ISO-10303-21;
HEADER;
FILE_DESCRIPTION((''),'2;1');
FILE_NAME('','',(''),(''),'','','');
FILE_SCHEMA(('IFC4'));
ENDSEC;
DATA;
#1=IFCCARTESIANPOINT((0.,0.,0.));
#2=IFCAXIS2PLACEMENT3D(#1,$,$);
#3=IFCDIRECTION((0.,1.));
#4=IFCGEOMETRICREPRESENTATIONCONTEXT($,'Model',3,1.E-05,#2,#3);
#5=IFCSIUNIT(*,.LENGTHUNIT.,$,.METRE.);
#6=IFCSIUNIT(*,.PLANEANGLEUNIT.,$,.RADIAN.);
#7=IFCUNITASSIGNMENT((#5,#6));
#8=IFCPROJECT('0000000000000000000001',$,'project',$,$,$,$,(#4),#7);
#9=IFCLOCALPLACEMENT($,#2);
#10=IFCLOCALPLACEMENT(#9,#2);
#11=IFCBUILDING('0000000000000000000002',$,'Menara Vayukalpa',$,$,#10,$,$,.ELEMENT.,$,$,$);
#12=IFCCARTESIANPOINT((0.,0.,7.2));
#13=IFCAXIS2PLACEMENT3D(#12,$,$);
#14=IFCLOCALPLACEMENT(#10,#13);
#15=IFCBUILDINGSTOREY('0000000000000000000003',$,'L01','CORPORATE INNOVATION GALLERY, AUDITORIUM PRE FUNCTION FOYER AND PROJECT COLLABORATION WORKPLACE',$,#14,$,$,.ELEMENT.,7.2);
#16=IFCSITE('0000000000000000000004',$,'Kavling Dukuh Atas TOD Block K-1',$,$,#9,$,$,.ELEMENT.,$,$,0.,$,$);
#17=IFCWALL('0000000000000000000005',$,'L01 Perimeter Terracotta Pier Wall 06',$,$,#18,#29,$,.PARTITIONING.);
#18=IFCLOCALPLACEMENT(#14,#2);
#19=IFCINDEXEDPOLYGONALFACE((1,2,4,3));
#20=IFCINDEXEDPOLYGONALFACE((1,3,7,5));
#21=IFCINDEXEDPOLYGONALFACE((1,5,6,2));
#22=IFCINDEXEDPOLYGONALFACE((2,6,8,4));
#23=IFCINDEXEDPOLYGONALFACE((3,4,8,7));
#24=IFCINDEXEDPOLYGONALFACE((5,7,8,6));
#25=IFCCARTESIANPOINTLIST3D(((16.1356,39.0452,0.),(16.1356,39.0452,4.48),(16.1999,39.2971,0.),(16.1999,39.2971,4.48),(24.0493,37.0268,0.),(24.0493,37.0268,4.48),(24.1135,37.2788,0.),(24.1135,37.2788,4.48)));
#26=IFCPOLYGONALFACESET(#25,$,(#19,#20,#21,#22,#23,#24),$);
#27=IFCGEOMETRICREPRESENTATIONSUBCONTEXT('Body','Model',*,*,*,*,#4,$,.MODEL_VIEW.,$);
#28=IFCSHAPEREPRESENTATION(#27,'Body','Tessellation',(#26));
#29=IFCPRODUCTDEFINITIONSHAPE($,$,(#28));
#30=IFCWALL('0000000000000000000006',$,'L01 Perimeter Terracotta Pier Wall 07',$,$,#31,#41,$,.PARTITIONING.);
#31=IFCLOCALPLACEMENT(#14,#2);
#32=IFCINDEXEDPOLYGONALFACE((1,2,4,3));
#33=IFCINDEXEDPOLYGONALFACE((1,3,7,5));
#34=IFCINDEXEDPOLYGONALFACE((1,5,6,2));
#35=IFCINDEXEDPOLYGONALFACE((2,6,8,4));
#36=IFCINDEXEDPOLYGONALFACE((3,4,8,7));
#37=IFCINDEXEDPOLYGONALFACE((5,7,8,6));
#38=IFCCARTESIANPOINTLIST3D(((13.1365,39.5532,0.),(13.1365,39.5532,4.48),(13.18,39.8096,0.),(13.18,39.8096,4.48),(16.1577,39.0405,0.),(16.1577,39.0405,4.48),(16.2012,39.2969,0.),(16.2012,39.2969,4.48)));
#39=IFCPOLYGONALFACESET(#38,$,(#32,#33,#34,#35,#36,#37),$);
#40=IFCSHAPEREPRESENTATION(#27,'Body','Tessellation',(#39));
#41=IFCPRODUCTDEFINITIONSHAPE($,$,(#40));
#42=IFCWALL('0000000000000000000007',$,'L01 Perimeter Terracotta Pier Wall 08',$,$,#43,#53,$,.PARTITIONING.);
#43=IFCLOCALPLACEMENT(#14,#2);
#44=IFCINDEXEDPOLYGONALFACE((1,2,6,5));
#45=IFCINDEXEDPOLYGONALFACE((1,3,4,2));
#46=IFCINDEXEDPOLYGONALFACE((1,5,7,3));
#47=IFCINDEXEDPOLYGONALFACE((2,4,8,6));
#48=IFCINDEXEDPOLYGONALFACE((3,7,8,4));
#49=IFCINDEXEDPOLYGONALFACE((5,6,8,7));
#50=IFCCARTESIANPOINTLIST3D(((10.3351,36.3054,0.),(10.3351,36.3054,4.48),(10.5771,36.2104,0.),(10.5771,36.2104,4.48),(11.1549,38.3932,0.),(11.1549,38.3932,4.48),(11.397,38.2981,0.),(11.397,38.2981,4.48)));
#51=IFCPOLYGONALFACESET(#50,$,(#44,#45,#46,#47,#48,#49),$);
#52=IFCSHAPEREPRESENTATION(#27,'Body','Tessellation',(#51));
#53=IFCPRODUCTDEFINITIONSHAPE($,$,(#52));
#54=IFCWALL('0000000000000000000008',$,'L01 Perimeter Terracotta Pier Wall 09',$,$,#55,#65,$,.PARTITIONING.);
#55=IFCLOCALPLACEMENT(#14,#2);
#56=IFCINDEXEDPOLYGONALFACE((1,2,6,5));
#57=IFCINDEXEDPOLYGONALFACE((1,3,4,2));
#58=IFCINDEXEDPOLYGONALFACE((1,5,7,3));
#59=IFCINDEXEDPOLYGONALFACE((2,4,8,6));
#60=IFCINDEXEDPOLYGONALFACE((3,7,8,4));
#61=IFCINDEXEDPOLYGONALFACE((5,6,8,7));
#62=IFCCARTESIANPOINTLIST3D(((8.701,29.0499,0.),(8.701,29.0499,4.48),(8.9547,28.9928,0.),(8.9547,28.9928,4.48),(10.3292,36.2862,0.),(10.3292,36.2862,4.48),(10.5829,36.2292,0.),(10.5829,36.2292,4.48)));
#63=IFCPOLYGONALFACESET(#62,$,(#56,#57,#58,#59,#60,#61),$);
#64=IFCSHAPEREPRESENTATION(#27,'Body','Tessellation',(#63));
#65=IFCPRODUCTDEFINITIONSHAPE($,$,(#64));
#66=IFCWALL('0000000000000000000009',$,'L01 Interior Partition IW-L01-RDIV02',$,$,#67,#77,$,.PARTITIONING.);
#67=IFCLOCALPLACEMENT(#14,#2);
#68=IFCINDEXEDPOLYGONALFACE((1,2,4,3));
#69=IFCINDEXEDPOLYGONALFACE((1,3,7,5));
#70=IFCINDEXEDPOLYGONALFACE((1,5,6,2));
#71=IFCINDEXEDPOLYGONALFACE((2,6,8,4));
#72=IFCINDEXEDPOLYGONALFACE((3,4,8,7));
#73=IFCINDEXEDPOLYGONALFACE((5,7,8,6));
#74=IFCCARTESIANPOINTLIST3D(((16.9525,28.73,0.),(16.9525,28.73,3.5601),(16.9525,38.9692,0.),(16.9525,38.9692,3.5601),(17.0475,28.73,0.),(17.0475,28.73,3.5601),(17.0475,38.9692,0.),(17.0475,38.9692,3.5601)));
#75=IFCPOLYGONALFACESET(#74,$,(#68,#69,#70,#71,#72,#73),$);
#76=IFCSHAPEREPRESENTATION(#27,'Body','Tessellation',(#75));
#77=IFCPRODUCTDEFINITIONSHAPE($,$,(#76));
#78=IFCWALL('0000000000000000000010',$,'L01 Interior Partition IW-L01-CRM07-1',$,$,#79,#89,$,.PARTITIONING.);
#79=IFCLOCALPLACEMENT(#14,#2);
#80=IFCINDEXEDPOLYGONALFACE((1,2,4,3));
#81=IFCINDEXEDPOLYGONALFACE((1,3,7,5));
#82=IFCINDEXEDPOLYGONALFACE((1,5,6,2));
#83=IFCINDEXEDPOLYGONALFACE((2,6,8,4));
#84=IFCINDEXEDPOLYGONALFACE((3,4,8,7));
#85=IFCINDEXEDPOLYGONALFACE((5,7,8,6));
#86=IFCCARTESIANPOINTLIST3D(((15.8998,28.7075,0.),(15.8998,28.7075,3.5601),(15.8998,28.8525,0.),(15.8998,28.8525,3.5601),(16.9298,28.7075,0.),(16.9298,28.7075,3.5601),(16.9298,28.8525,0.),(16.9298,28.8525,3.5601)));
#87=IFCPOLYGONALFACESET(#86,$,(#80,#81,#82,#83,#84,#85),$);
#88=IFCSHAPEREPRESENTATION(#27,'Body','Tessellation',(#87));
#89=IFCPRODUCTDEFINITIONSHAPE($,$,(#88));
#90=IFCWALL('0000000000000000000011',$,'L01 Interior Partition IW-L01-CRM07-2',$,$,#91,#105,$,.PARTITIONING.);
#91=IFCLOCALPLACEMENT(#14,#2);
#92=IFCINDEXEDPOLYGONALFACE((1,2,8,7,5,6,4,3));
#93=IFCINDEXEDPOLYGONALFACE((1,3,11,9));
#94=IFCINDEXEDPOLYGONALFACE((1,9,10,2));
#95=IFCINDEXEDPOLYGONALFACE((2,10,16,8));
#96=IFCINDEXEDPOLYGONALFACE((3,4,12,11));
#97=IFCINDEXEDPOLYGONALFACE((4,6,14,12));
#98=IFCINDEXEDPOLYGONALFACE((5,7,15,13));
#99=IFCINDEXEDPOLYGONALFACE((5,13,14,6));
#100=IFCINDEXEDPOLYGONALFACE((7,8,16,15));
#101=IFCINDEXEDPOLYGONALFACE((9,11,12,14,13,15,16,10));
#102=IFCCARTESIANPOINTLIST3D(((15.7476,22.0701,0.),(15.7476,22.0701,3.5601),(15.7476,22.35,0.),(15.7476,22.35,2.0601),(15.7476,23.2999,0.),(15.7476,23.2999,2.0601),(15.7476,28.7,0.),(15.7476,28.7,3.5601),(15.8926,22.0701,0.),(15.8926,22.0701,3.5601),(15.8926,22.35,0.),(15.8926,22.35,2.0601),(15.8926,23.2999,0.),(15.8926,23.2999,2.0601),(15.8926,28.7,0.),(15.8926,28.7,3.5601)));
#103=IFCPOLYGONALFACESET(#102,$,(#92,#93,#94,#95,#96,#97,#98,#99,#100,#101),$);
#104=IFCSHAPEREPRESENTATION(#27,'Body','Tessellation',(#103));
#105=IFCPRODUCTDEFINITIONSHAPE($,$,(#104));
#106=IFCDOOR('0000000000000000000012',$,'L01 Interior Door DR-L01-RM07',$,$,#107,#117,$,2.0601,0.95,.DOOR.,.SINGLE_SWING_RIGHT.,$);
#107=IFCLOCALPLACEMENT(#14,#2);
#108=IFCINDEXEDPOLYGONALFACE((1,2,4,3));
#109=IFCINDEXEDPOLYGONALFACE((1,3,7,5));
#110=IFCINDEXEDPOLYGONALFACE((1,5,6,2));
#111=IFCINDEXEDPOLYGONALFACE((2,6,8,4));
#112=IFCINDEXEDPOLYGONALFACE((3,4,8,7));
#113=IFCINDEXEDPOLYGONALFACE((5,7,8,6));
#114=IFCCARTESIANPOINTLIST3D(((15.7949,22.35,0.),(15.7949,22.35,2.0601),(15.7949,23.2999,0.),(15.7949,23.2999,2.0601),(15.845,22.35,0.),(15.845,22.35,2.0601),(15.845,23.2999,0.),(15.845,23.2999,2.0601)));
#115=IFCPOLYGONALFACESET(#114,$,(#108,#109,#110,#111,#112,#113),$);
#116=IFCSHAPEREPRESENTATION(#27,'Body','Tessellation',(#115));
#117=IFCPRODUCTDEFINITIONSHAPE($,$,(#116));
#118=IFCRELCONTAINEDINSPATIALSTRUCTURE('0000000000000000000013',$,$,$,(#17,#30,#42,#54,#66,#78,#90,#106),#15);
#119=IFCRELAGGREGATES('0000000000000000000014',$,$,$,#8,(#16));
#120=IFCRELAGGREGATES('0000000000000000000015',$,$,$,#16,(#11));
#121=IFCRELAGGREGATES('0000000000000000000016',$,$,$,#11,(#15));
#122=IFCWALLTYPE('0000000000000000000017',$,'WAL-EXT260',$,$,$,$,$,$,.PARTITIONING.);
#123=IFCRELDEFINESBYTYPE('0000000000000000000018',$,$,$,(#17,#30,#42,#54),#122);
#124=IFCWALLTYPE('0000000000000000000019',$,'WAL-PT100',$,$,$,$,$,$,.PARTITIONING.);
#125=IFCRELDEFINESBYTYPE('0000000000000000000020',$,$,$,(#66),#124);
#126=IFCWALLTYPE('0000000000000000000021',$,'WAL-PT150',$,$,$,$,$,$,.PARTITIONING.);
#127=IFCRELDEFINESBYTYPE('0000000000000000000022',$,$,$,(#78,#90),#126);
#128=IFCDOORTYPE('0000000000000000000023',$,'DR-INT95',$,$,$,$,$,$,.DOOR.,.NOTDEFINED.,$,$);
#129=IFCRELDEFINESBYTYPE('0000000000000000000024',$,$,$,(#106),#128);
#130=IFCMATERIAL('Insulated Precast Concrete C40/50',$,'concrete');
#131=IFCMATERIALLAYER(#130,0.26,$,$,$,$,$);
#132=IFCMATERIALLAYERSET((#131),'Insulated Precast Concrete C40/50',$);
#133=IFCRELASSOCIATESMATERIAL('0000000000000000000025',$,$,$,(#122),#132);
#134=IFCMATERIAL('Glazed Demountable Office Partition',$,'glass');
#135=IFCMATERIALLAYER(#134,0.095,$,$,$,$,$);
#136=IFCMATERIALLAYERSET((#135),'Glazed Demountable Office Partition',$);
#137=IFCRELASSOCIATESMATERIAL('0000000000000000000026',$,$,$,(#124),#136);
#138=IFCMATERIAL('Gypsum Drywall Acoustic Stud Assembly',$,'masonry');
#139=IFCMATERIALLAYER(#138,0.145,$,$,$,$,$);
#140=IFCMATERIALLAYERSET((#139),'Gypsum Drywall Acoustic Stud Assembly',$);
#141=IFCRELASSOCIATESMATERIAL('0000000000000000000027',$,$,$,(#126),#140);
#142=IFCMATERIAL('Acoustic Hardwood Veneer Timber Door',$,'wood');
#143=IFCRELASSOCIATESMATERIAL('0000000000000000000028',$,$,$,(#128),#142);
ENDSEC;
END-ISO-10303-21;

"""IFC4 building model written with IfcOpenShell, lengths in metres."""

from ifc_helpers import new_model, si_unit, direction, frame, frame_2d, origin, place, context, subcontext, project, spatial, rectangle, extrude, material, layer, layer_set, type_object, element, fill, save


model = new_model("IFC4")

# Units and contexts
model_context = context("Model", 3, precision=1e-05, world=origin(), true_north=direction((0.0, 1.0)))
body_context = subcontext(model_context, "Body", "Model", "MODEL_VIEW")
ifc_project = project(units=[si_unit("LENGTHUNIT", "METRE"), si_unit("PLANEANGLEUNIT", "RADIAN")], contexts=[model_context])

# Site, building, storey
site_placement = place(None, origin())
site = spatial("IfcSite", under=ifc_project, at=site_placement, Name="Kavling Dukuh Atas TOD Block K-1", CompositionType="ELEMENT", RefElevation=0.0)
building_placement = place(site_placement, origin())
building = spatial("IfcBuilding", under=site, at=building_placement, Name="Menara Vayukalpa", CompositionType="ELEMENT")
storey_placement = place(building_placement, frame((0.0, 0.0, 7.2)))
storey = spatial("IfcBuildingStorey", under=building, at=storey_placement, Name="L01", Description="CORPORATE INNOVATION GALLERY, AUDITORIUM PRE FUNCTION FOYER AND PROJECT COLLABORATION WORKPLACE", CompositionType="ELEMENT", Elevation=7.2)

# Walls
ifc_material_1 = material(Name="Insulated Precast Concrete C40/50", Category="concrete")
ifc_layer_1 = layer(ifc_material_1, 0.26)
ifc_layer_set_1 = layer_set([ifc_layer_1], Name="Insulated Precast Concrete C40/50")
wall_type_1 = type_object("IfcWallType", Name="WAL-EXT260", PredefinedType="PARTITIONING", material=ifc_layer_set_1)
wall_1_placement = place(storey_placement, frame((16.1677, 39.1711, 0.0), z_axis=(0.0, 0.0, 1.0), x_axis=(0.968982, -0.247133, 0.0)))
element("IfcWall", 1, at=wall_1_placement, inside=storey, type_object=wall_type_1, Name="L01 Perimeter Terracotta Pier Wall 06", PredefinedType="PARTITIONING", context=body_context, shape_type="SweptSolid", body=[
    extrude(rectangle(XDim=8.167, YDim=0.26, at=frame_2d((4.0835, 0.0))), origin(), (0.0, 0.0, 1.0), 4.48),
])
wall_2_placement = place(storey_placement, frame((13.1582, 39.6814, 0.0), z_axis=(0.0, 0.0, 1.0), x_axis=(0.985905, -0.167305, 0.0)))
element("IfcWall", 2, at=wall_2_placement, inside=storey, type_object=wall_type_1, Name="L01 Perimeter Terracotta Pier Wall 07", PredefinedType="PARTITIONING", context=body_context, shape_type="SweptSolid", body=[
    extrude(rectangle(XDim=3.0645, YDim=0.26, at=frame_2d((1.5322, 0.0))), origin(), (0.0, 0.0, 1.0), 4.48),
])
wall_3_placement = place(storey_placement, frame((10.4561, 36.2578, 0.0), z_axis=(0.0, 0.0, 1.0), x_axis=(0.365528, 0.9308, 0.0)))
element("IfcWall", 3, at=wall_3_placement, inside=storey, type_object=wall_type_1, Name="L01 Perimeter Terracotta Pier Wall 08", PredefinedType="PARTITIONING", context=body_context, shape_type="SweptSolid", body=[
    extrude(rectangle(XDim=2.2429, YDim=0.26, at=frame_2d((1.1216, 0.0))), origin(), (0.0, 0.0, 1.0), 4.48),
])
wall_4_placement = place(storey_placement, frame((8.8279, 29.0215, 0.0), z_axis=(0.0, 0.0, 1.0), x_axis=(0.219512, 0.97561, 0.0)))
element("IfcWall", 4, at=wall_4_placement, inside=storey, type_object=wall_type_1, Name="L01 Perimeter Terracotta Pier Wall 09", PredefinedType="PARTITIONING", context=body_context, shape_type="SweptSolid", body=[
    extrude(rectangle(XDim=7.4172, YDim=0.26, at=frame_2d((3.7085, 0.0))), origin(), (0.0, 0.0, 1.0), 4.48),
])
ifc_material_2 = material(Name="Glazed Demountable Office Partition", Category="glass")
ifc_layer_2 = layer(ifc_material_2, 0.095)
ifc_layer_set_2 = layer_set([ifc_layer_2], Name="Glazed Demountable Office Partition")
wall_type_2 = type_object("IfcWallType", Name="WAL-PT100", PredefinedType="PARTITIONING", material=ifc_layer_set_2)
wall_5_placement = place(storey_placement, frame((17.0, 28.73, 0.0), z_axis=(0.0, 0.0, 1.0), x_axis=(0.0, 1.0, 0.0)))
element("IfcWall", 5, at=wall_5_placement, inside=storey, type_object=wall_type_2, Name="L01 Interior Partition IW-L01-RDIV02", PredefinedType="PARTITIONING", context=body_context, shape_type="SweptSolid", body=[
    extrude(rectangle(XDim=10.2393, YDim=0.095, at=frame_2d((5.1196, 0.0))), origin(), (0.0, 0.0, 1.0), 3.5601),
])
ifc_material_3 = material(Name="Gypsum Drywall Acoustic Stud Assembly", Category="masonry")
ifc_layer_3 = layer(ifc_material_3, 0.145)
ifc_layer_set_3 = layer_set([ifc_layer_3], Name="Gypsum Drywall Acoustic Stud Assembly")
wall_type_3 = type_object("IfcWallType", Name="WAL-PT150", PredefinedType="PARTITIONING", material=ifc_layer_set_3)
wall_6_placement = place(storey_placement, frame((16.9299, 28.78, 0.0), z_axis=(0.0, 0.0, 1.0), x_axis=(-1.0, 0.0, 0.0)))
element("IfcWall", 6, at=wall_6_placement, inside=storey, type_object=wall_type_3, Name="L01 Interior Partition IW-L01-CRM07-1", PredefinedType="PARTITIONING", context=body_context, shape_type="SweptSolid", body=[
    extrude(rectangle(XDim=1.03, YDim=0.145, at=frame_2d((0.5151, 0.0))), origin(), (0.0, 0.0, 1.0), 3.5601),
])

# Wall, opening, door
wall_7_placement = place(storey_placement, frame((15.8201, 28.7, 0.0), z_axis=(0.0, 0.0, 1.0), x_axis=(0.0, -1.0, 0.0)))
wall_7 = element("IfcWall", 7, at=wall_7_placement, inside=storey, type_object=wall_type_3, Name="L01 Interior Partition IW-L01-CRM07-2", PredefinedType="PARTITIONING", context=body_context, shape_type="SweptSolid", body=[
    extrude(rectangle(XDim=6.6299, YDim=0.145, at=frame_2d((3.3149, 0.0))), origin(), (0.0, 0.0, 1.0), 3.5601),
])
opening_placement = place(wall_7_placement, frame((5.3999, 0.0, 0.0)))
opening = element("IfcOpeningElement", 8, at=opening_placement, cuts=wall_7, PredefinedType="OPENING", context=body_context, shape_type="SweptSolid", body=[
    extrude(rectangle(XDim=0.95, YDim=2.0601, at=frame_2d((0.4751, 1.03))), frame((0.0, 0.0825, 0.0), z_axis=(0.0, -1.0, 0.0), x_axis=(1.0, 0.0, 0.0)), (0.0, 0.0, 1.0), 0.165),
])
ifc_material_4 = material(Name="Acoustic Hardwood Veneer Timber Door", Category="wood")
door_type = type_object("IfcDoorType", Name="DR-INT95", OperationType="NOTDEFINED", PredefinedType="DOOR", material=ifc_material_4)
door_placement = place(opening_placement, origin())
door = element("IfcDoor", 9, at=door_placement, inside=storey, type_object=door_type, Name="L01 Interior Door DR-L01-RM07", OperationType="SINGLE_SWING_RIGHT", OverallHeight=2.0601, OverallWidth=0.95, PredefinedType="DOOR", context=body_context, shape_type="SweptSolid", body=[
    extrude(rectangle(XDim=0.95, YDim=2.0601, at=frame_2d((0.4751, 1.03))), frame((0.0, 0.0249, 0.0), z_axis=(0.0, -1.0, 0.0), x_axis=(1.0, 0.0, 0.0)), (0.0, 0.0, 1.0), 0.05),
])
fill(opening, door)

save(model, "model.ifc")
